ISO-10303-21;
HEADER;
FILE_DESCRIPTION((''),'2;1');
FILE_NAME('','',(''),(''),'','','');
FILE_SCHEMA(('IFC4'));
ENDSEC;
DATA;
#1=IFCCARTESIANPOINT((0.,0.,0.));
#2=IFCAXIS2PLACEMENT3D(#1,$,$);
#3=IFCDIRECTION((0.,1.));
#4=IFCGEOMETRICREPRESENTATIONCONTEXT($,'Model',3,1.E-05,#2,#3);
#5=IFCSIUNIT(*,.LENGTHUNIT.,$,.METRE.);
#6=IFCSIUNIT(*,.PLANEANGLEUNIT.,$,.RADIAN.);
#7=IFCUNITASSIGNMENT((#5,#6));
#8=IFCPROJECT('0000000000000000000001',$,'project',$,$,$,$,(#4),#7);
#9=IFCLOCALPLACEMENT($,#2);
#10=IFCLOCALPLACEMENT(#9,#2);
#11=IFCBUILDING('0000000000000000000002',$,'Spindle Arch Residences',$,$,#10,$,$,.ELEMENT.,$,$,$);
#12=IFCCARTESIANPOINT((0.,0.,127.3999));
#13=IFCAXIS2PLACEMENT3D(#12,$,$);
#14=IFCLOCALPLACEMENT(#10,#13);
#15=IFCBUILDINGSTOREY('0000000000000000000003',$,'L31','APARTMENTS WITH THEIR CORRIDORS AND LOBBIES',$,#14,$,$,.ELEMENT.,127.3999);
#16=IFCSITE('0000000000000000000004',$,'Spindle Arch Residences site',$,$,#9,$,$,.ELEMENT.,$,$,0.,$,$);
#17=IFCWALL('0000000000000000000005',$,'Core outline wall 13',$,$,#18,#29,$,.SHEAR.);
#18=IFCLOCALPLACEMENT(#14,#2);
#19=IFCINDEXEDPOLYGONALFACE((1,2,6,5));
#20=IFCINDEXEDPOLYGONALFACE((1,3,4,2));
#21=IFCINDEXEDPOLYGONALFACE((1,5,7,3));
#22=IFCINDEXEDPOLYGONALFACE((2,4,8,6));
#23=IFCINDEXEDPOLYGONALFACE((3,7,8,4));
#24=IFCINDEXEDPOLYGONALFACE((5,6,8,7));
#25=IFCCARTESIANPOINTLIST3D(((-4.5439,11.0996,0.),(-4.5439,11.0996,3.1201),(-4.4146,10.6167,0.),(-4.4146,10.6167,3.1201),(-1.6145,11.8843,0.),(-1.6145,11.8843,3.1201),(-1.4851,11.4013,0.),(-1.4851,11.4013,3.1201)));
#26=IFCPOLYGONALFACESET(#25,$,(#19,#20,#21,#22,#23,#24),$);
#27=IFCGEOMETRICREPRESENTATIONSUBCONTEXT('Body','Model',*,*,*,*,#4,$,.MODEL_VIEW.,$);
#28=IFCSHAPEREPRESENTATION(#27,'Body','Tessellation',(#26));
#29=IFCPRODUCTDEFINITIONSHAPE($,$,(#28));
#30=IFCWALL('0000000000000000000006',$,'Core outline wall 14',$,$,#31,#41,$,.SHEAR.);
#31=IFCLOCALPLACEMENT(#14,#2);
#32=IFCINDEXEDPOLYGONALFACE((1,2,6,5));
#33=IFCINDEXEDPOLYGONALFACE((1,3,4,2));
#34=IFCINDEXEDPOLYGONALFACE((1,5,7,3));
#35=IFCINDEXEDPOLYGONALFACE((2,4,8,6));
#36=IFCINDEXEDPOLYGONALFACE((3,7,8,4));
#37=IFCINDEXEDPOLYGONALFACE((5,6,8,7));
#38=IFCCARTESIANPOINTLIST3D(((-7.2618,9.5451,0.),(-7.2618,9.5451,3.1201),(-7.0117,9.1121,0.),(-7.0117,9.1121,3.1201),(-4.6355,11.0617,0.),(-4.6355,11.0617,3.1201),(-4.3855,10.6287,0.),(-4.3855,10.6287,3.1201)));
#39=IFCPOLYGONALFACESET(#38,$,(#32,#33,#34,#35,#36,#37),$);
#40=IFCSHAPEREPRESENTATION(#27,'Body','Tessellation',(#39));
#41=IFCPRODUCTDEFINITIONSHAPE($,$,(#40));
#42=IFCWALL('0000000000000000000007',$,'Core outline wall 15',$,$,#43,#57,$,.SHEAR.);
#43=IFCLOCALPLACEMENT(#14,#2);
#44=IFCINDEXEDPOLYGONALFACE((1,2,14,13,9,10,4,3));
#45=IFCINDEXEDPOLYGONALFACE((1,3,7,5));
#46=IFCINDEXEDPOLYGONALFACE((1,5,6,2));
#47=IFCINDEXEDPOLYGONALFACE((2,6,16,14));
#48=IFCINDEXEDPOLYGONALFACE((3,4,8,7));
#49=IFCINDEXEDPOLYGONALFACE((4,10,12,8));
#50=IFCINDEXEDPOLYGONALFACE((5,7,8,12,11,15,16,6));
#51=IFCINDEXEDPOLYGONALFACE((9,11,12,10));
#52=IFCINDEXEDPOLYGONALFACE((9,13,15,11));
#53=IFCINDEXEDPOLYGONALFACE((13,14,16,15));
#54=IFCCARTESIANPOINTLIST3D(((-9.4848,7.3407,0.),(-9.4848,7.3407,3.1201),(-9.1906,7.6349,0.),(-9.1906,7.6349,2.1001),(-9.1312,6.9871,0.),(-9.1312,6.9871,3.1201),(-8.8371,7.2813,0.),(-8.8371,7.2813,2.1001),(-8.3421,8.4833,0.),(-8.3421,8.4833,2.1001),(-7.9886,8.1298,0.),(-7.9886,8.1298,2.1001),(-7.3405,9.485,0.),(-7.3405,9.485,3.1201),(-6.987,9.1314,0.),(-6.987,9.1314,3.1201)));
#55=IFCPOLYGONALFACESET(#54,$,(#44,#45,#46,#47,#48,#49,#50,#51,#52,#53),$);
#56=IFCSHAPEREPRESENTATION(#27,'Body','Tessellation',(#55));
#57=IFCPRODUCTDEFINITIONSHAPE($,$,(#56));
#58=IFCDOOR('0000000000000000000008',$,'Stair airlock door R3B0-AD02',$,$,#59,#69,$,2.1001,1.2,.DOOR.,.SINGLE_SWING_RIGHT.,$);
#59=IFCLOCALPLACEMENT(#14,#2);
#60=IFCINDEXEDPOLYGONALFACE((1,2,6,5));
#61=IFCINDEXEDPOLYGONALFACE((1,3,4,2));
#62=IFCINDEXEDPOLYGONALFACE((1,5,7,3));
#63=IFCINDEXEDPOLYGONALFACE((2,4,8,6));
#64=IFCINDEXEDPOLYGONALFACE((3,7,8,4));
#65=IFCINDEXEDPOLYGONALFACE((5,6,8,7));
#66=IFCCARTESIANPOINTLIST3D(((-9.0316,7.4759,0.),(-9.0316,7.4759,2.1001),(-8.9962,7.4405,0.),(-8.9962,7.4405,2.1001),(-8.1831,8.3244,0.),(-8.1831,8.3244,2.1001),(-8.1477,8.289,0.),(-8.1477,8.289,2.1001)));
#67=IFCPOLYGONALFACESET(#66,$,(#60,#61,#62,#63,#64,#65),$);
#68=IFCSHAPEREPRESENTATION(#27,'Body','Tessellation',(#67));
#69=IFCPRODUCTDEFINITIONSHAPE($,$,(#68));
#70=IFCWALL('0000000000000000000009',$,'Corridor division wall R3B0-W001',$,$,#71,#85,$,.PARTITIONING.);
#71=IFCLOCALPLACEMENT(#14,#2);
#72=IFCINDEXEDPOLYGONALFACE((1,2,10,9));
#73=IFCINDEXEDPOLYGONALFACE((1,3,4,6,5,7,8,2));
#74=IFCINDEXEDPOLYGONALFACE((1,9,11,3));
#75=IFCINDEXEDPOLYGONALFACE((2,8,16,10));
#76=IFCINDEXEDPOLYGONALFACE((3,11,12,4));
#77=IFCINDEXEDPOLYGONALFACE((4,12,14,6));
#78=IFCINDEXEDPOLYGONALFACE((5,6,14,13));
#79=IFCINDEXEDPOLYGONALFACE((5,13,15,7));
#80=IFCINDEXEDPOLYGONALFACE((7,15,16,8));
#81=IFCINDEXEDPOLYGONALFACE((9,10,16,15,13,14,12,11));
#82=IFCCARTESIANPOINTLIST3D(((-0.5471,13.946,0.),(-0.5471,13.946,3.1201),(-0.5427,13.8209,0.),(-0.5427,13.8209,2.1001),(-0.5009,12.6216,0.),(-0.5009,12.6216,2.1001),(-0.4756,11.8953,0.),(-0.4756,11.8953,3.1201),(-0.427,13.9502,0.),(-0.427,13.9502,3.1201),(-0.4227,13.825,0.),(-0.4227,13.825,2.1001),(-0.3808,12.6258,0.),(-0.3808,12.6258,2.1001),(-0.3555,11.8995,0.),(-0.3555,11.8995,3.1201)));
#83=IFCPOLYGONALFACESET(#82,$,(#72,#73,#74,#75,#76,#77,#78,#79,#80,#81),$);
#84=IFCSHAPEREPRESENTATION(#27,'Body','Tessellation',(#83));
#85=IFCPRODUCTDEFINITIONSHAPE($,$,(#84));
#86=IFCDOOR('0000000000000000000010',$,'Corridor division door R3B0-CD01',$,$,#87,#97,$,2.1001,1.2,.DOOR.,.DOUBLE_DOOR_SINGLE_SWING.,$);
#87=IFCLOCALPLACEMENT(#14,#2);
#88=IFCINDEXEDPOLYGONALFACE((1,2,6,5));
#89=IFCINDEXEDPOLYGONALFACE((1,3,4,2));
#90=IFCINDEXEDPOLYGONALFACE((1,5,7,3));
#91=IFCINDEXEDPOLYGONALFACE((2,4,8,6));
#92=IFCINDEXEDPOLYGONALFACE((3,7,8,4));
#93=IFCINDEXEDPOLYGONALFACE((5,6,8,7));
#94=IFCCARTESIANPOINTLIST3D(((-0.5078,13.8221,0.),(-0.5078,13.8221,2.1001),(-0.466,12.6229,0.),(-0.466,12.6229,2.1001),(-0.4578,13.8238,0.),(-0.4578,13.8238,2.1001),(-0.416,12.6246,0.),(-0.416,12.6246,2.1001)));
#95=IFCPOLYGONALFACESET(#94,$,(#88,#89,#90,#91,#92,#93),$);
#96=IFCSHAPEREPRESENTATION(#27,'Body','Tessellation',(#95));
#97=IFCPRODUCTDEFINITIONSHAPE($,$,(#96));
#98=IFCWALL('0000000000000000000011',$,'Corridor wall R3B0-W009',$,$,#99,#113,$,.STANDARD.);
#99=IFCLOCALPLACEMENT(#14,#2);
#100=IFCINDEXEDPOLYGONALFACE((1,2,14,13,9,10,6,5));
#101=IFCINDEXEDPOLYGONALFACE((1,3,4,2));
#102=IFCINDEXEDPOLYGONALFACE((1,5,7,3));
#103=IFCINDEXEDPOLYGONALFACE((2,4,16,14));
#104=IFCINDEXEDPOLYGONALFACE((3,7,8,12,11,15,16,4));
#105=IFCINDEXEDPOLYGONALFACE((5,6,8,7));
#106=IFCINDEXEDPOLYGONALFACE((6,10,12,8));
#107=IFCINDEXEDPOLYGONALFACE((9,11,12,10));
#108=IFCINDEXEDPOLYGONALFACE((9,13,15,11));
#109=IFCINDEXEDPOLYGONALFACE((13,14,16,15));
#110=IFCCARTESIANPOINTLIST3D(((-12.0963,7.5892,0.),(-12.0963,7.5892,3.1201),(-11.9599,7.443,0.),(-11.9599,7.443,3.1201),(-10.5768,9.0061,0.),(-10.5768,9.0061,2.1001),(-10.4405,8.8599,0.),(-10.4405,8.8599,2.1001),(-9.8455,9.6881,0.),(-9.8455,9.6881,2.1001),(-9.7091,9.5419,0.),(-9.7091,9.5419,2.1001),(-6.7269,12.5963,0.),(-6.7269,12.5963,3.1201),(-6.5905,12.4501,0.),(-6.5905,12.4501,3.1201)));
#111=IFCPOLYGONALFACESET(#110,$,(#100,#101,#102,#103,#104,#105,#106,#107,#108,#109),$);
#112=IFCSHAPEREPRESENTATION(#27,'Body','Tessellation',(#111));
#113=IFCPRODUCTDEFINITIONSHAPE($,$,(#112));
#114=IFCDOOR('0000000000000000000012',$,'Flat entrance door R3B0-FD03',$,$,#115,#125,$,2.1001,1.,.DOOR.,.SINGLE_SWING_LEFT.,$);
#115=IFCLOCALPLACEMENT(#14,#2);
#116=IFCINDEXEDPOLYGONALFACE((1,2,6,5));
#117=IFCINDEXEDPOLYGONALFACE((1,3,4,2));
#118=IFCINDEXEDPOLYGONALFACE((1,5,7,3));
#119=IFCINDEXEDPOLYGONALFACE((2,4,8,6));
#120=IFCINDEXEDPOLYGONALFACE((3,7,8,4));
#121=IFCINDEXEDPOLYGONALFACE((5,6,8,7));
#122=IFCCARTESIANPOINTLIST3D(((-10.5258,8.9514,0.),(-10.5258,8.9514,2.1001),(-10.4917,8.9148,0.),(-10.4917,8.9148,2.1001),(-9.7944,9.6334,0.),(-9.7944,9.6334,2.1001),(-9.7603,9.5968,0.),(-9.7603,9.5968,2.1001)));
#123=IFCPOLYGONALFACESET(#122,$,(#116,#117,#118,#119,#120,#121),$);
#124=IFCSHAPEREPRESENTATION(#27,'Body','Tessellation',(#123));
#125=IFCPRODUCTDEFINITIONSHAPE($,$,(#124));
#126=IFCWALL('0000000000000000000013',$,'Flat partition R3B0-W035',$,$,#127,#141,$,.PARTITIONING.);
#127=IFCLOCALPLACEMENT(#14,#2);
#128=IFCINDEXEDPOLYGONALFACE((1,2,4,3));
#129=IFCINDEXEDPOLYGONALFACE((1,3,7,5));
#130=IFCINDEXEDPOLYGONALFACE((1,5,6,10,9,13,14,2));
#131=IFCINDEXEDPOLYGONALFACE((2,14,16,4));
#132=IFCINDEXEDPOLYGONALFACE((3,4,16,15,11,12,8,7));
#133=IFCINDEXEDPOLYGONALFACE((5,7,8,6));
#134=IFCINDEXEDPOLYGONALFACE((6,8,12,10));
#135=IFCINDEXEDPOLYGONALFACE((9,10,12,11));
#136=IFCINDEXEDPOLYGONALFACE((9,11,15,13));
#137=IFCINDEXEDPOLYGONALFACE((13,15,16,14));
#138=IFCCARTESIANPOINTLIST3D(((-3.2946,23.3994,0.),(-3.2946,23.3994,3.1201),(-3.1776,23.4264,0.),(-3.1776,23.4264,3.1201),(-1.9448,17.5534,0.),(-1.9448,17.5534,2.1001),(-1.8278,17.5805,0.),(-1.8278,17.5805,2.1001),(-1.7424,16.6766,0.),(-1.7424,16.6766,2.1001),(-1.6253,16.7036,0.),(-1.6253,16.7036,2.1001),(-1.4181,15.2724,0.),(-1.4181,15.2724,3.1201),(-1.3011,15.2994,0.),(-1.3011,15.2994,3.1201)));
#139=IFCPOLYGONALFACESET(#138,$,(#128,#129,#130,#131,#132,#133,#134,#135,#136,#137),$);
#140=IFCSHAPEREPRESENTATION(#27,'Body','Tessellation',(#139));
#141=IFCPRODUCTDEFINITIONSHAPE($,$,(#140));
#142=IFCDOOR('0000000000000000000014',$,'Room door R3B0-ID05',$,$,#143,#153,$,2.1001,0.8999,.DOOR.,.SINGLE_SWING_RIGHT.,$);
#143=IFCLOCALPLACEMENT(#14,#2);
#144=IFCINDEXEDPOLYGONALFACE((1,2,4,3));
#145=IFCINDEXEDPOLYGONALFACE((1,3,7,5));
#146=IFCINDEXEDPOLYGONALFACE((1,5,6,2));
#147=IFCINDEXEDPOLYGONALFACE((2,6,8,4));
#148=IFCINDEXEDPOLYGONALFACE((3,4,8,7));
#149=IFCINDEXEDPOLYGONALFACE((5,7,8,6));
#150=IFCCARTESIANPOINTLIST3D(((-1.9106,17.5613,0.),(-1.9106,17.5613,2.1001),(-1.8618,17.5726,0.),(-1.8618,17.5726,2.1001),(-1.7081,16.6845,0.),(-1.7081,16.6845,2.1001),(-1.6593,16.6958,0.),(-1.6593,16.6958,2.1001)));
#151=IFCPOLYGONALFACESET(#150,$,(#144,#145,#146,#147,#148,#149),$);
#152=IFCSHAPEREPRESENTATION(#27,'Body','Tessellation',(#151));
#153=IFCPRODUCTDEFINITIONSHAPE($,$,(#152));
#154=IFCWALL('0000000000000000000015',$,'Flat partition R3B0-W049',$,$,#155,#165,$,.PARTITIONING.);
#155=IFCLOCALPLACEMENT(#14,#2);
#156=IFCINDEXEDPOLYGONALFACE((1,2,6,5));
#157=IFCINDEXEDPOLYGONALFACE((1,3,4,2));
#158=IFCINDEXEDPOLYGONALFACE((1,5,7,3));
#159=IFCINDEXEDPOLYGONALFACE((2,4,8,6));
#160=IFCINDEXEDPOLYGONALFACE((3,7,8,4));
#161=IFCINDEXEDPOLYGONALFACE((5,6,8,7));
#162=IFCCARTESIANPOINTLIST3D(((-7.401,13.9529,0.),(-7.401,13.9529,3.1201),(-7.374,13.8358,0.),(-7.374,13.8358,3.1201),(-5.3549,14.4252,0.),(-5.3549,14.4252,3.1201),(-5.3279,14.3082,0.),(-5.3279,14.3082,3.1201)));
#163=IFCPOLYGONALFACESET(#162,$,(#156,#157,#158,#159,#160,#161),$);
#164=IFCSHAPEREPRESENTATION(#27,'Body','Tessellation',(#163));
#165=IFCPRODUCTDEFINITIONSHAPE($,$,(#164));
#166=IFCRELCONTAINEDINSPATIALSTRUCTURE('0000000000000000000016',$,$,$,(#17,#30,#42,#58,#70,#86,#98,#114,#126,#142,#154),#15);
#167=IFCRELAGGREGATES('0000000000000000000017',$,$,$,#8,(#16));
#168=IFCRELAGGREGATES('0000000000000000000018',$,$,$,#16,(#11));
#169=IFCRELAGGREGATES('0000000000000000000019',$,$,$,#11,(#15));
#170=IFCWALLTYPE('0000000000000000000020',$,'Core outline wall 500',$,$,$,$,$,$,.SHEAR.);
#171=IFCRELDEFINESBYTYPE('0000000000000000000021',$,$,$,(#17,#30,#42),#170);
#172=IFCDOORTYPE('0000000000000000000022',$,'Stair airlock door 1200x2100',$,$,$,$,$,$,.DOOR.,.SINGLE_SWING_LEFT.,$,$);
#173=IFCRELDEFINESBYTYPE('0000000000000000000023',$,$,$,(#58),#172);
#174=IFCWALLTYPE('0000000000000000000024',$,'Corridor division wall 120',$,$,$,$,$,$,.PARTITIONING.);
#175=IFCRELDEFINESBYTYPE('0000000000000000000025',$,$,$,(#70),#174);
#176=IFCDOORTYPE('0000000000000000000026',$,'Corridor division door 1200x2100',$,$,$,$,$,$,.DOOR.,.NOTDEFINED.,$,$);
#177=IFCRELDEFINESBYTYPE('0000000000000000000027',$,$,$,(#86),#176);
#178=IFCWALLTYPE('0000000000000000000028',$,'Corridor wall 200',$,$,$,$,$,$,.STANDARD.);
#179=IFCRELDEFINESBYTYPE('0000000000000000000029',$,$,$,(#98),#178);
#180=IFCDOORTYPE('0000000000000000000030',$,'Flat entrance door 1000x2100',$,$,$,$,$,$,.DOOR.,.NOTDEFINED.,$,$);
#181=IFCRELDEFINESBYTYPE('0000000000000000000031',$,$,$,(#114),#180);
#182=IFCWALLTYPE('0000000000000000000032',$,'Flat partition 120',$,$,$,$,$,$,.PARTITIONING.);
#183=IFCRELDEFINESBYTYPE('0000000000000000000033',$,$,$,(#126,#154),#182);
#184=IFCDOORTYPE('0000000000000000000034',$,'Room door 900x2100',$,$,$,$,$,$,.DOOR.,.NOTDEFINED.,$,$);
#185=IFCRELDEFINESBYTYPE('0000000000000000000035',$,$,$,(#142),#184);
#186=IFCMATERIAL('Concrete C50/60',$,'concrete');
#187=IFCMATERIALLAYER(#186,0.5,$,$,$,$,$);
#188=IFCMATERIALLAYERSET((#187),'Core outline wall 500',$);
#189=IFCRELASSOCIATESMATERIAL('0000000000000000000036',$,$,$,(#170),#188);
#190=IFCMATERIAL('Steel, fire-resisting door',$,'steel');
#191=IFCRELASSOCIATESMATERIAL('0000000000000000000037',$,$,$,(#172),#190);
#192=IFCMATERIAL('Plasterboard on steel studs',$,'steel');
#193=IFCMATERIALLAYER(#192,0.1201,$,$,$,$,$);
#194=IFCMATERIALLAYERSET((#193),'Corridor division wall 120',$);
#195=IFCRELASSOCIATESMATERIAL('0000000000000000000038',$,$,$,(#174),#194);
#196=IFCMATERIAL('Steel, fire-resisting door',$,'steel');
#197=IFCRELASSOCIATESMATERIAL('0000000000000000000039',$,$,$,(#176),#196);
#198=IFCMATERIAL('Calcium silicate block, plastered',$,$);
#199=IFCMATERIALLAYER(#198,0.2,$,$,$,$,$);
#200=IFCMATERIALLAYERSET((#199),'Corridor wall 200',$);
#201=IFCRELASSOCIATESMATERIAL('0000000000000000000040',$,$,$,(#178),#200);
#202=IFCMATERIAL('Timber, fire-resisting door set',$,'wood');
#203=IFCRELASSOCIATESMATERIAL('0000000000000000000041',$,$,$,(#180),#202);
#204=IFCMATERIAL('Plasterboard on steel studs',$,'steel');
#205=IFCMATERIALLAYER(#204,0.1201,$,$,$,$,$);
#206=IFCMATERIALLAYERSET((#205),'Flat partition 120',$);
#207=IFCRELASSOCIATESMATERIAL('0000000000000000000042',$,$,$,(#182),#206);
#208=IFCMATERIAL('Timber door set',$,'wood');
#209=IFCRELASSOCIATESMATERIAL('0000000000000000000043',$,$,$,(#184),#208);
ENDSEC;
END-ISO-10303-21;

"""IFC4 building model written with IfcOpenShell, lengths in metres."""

from ifc_helpers import new_model, si_unit, direction, frame, frame_2d, origin, place, context, subcontext, project, spatial, rectangle, extrude, material, layer, layer_set, type_object, element, fill, save


model = new_model("IFC4")

# Units and contexts
model_context = context("Model", 3, precision=1e-05, world=origin(), true_north=direction((0.0, 1.0)))
body_context = subcontext(model_context, "Body", "Model", "MODEL_VIEW")
ifc_project = project(units=[si_unit("LENGTHUNIT", "METRE"), si_unit("PLANEANGLEUNIT", "RADIAN")], contexts=[model_context])

# Site, building, storey
site_placement = place(None, origin())
site = spatial("IfcSite", under=ifc_project, at=site_placement, Name="Spindle Arch Residences site", CompositionType="ELEMENT", RefElevation=0.0)
building_placement = place(site_placement, origin())
building = spatial("IfcBuilding", under=site, at=building_placement, Name="Spindle Arch Residences", CompositionType="ELEMENT")
storey_placement = place(building_placement, frame((0.0, 0.0, 127.3999)))
storey = spatial("IfcBuildingStorey", under=building, at=storey_placement, Name="L31", Description="APARTMENTS WITH THEIR CORRIDORS AND LOBBIES", CompositionType="ELEMENT", Elevation=127.3999)

# Walls
ifc_material_1 = material(Name="Concrete C50/60", Category="concrete")
ifc_layer_1 = layer(ifc_material_1, 0.5)
ifc_layer_set_1 = layer_set([ifc_layer_1], Name="Core outline wall 500")
wall_type_1 = type_object("IfcWallType", Name="Core outline wall 500", PredefinedType="SHEAR", material=ifc_layer_set_1)
for number, where, z_axis, x_axis, name in (
    (1, (-1.5498, 11.6428, 0.0), (0.0, 0.0, 1.0), (-0.965948, -0.258735, 0.0), "Core outline wall 13"),
    (2, (-4.5105, 10.8452, 0.0), (0.0, 0.0, 1.0), (-0.865975, -0.500087, 0.0), "Core outline wall 14"),
):
    element("IfcWall", number, at=place(storey_placement, frame(where, z_axis=z_axis, x_axis=x_axis)), inside=storey, type_object=wall_type_1, Name=name, PredefinedType="SHEAR", context=body_context, shape_type="SweptSolid", body=[
        extrude(rectangle(XDim=3.0327, YDim=0.5, at=frame_2d((1.5164, 0.0))), origin(), (0.0, 0.0, 1.0), 3.1201),
    ])

# Walls, openings, doors
wall_1_placement = place(storey_placement, frame((-7.1638, 9.3081, 0.0), z_axis=(0.0, 0.0, 1.0), x_axis=(-0.707107, -0.707107, 0.0)))
wall_1 = element("IfcWall", 3, at=wall_1_placement, inside=storey, type_object=wall_type_1, Name="Core outline wall 15", PredefinedType="SHEAR", context=body_context, shape_type="SweptSolid", body=[
    extrude(rectangle(XDim=3.0325, YDim=0.5, at=frame_2d((1.5161, 0.0))), origin(), (0.0, 0.0, 1.0), 3.1201),
])
opening_1_placement = place(wall_1_placement, frame((1.4163, 0.0, 0.0)))
opening_1 = element("IfcOpeningElement", 4, at=opening_1_placement, cuts=wall_1, PredefinedType="OPENING", context=body_context, shape_type="SweptSolid", body=[
    extrude(rectangle(XDim=1.2, YDim=2.1001, at=frame_2d((0.6001, 1.05))), frame((0.0, 0.26, 0.0), z_axis=(0.0, -1.0, 0.0), x_axis=(1.0, 0.0, 0.0)), (0.0, 0.0, 1.0), 0.52),
])
ifc_material_2 = material(Name="Steel, fire-resisting door", Category="steel")
door_type_1 = type_object("IfcDoorType", Name="Stair airlock door 1200x2100", OperationType="SINGLE_SWING_LEFT", PredefinedType="DOOR", material=ifc_material_2)
door_1_placement = place(opening_1_placement, origin())
door_1 = element("IfcDoor", 5, at=door_1_placement, inside=storey, type_object=door_type_1, Name="Stair airlock door R3B0-AD02", OperationType="SINGLE_SWING_RIGHT", OverallHeight=2.1001, OverallWidth=1.2, PredefinedType="DOOR", context=body_context, shape_type="SweptSolid", body=[
    extrude(rectangle(XDim=1.2, YDim=2.1001, at=frame_2d((0.6001, 1.05))), frame((0.0, 0.0249, 0.0), z_axis=(0.0, -1.0, 0.0), x_axis=(1.0, 0.0, 0.0)), (0.0, 0.0, 1.0), 0.05),
])
fill(opening_1, door_1)
ifc_material_3 = material(Name="Plasterboard on steel studs", Category="steel")
ifc_layer_2 = layer(ifc_material_3, 0.1201)
ifc_layer_set_2 = layer_set([ifc_layer_2], Name="Corridor division wall 120")
wall_type_2 = type_object("IfcWallType", Name="Corridor division wall 120", PredefinedType="PARTITIONING", material=ifc_layer_set_2)
wall_2_placement = place(storey_placement, frame((-0.4871, 13.948, 0.0), z_axis=(0.0, 0.0, 1.0), x_axis=(0.03486, -0.999392, 0.0)))
wall_2 = element("IfcWall", 6, at=wall_2_placement, inside=storey, type_object=wall_type_2, Name="Corridor division wall R3B0-W001", PredefinedType="PARTITIONING", context=body_context, shape_type="SweptSolid", body=[
    extrude(rectangle(XDim=2.052, YDim=0.1201, at=frame_2d((1.0259, 0.0))), origin(), (0.0, 0.0, 1.0), 3.1201),
])
opening_2_placement = place(wall_2_placement, frame((0.125, 0.0, 0.0)))
opening_2 = element("IfcOpeningElement", 7, at=opening_2_placement, cuts=wall_2, PredefinedType="OPENING", context=body_context, shape_type="SweptSolid", body=[
    extrude(rectangle(XDim=1.2, YDim=2.1001, at=frame_2d((0.6001, 1.05))), frame((0.0, 0.0701, 0.0), z_axis=(0.0, -1.0, 0.0), x_axis=(1.0, 0.0, 0.0)), (0.0, 0.0, 1.0), 0.1401),
])
ifc_material_4 = material(Name="Steel, fire-resisting door", Category="steel")
door_type_2 = type_object("IfcDoorType", Name="Corridor division door 1200x2100", OperationType="NOTDEFINED", PredefinedType="DOOR", material=ifc_material_4)
door_2_placement = place(opening_2_placement, origin())
door_2 = element("IfcDoor", 8, at=door_2_placement, inside=storey, type_object=door_type_2, Name="Corridor division door R3B0-CD01", OperationType="DOUBLE_DOOR_SINGLE_SWING", OverallHeight=2.1001, OverallWidth=1.2, PredefinedType="DOOR", context=body_context, shape_type="SweptSolid", body=[
    extrude(rectangle(XDim=1.2, YDim=2.1001, at=frame_2d((0.6001, 1.05))), frame((0.0, 0.0249, 0.0), z_axis=(0.0, -1.0, 0.0), x_axis=(1.0, 0.0, 0.0)), (0.0, 0.0, 1.0), 0.05),
])
fill(opening_2, door_2)
ifc_material_5 = material(Name="Calcium silicate block, plastered")
ifc_layer_3 = layer(ifc_material_5, 0.2)
ifc_layer_set_3 = layer_set([ifc_layer_3], Name="Corridor wall 200")
wall_type_3 = type_object("IfcWallType", Name="Corridor wall 200", PredefinedType="STANDARD", material=ifc_layer_set_3)
wall_3_placement = place(storey_placement, frame((-6.6587, 12.5232, 0.0), z_axis=(0.0, 0.0, 1.0), x_axis=(-0.73135, -0.682002, 0.0)))
wall_3 = element("IfcWall", 9, at=wall_3_placement, inside=storey, type_object=wall_type_3, Name="Corridor wall R3B0-W009", PredefinedType="STANDARD", context=body_context, shape_type="SweptSolid", body=[
    extrude(rectangle(XDim=7.3418, YDim=0.2, at=frame_2d((3.6709, 0.0))), origin(), (0.0, 0.0, 1.0), 3.1201),
])
opening_3_placement = place(wall_3_placement, frame((4.2642, 0.0, 0.0)))
opening_3 = element("IfcOpeningElement", 10, at=opening_3_placement, cuts=wall_3, PredefinedType="OPENING", context=body_context, shape_type="SweptSolid", body=[
    extrude(rectangle(XDim=1.0, YDim=2.1001, at=frame_2d((0.5, 1.05))), frame((0.0, 0.1099, 0.0), z_axis=(0.0, -1.0, 0.0), x_axis=(1.0, 0.0, 0.0)), (0.0, 0.0, 1.0), 0.22),
])
ifc_material_6 = material(Name="Timber, fire-resisting door set", Category="wood")
door_type_3 = type_object("IfcDoorType", Name="Flat entrance door 1000x2100", OperationType="NOTDEFINED", PredefinedType="DOOR", material=ifc_material_6)
door_3_placement = place(opening_3_placement, origin())
door_3 = element("IfcDoor", 11, at=door_3_placement, inside=storey, type_object=door_type_3, Name="Flat entrance door R3B0-FD03", OperationType="SINGLE_SWING_LEFT", OverallHeight=2.1001, OverallWidth=1.0, PredefinedType="DOOR", context=body_context, shape_type="SweptSolid", body=[
    extrude(rectangle(XDim=1.0, YDim=2.1001, at=frame_2d((0.5, 1.05))), frame((0.0, 0.0249, 0.0), z_axis=(0.0, -1.0, 0.0), x_axis=(1.0, 0.0, 0.0)), (0.0, 0.0, 1.0), 0.05),
])
fill(opening_3, door_3)
ifc_material_7 = material(Name="Plasterboard on steel studs", Category="steel")
ifc_layer_4 = layer(ifc_material_7, 0.1201)
ifc_layer_set_4 = layer_set([ifc_layer_4], Name="Flat partition 120")
wall_type_4 = type_object("IfcWallType", Name="Flat partition 120", PredefinedType="PARTITIONING", material=ifc_layer_set_4)
wall_4_placement = place(storey_placement, frame((-1.3596, 15.2859, 0.0), z_axis=(0.0, 0.0, 1.0), x_axis=(-0.224975, 0.974365, 0.0)))
wall_4 = element("IfcWall", 12, at=wall_4_placement, inside=storey, type_object=wall_type_4, Name="Flat partition R3B0-W035", PredefinedType="PARTITIONING", context=body_context, shape_type="SweptSolid", body=[
    extrude(rectangle(XDim=8.3408, YDim=0.1201, at=frame_2d((4.1704, 0.0))), origin(), (0.0, 0.0, 1.0), 3.1201),
])
opening_4_placement = place(wall_4_placement, frame((1.4412, 0.0, 0.0)))
opening_4 = element("IfcOpeningElement", 13, at=opening_4_placement, cuts=wall_4, PredefinedType="OPENING", context=body_context, shape_type="SweptSolid", body=[
    extrude(rectangle(XDim=0.8999, YDim=2.1001, at=frame_2d((0.45, 1.05))), frame((0.0, 0.0701, 0.0), z_axis=(0.0, -1.0, 0.0), x_axis=(1.0, 0.0, 0.0)), (0.0, 0.0, 1.0), 0.1401),
])
ifc_material_8 = material(Name="Timber door set", Category="wood")
door_type_4 = type_object("IfcDoorType", Name="Room door 900x2100", OperationType="NOTDEFINED", PredefinedType="DOOR", material=ifc_material_8)
door_4_placement = place(opening_4_placement, origin())
door_4 = element("IfcDoor", 14, at=door_4_placement, inside=storey, type_object=door_type_4, Name="Room door R3B0-ID05", OperationType="SINGLE_SWING_RIGHT", OverallHeight=2.1001, OverallWidth=0.8999, PredefinedType="DOOR", context=body_context, shape_type="SweptSolid", body=[
    extrude(rectangle(XDim=0.8999, YDim=2.1001, at=frame_2d((0.45, 1.05))), frame((0.0, 0.0249, 0.0), z_axis=(0.0, -1.0, 0.0), x_axis=(1.0, 0.0, 0.0)), (0.0, 0.0, 1.0), 0.05),
])
fill(opening_4, door_4)

# Wall
wall_5_placement = place(storey_placement, frame((-5.3416, 14.3667, 0.0), z_axis=(0.0, 0.0, 1.0), x_axis=(-0.974368, -0.224961, 0.0)))
element("IfcWall", 15, at=wall_5_placement, inside=storey, type_object=wall_type_4, Name="Flat partition R3B0-W049", PredefinedType="PARTITIONING", context=body_context, shape_type="SweptSolid", body=[
    extrude(rectangle(XDim=2.0999, YDim=0.1201, at=frame_2d((1.0498, 0.0))), origin(), (0.0, 0.0, 1.0), 3.1201),
])

save(model, "model.ifc")
